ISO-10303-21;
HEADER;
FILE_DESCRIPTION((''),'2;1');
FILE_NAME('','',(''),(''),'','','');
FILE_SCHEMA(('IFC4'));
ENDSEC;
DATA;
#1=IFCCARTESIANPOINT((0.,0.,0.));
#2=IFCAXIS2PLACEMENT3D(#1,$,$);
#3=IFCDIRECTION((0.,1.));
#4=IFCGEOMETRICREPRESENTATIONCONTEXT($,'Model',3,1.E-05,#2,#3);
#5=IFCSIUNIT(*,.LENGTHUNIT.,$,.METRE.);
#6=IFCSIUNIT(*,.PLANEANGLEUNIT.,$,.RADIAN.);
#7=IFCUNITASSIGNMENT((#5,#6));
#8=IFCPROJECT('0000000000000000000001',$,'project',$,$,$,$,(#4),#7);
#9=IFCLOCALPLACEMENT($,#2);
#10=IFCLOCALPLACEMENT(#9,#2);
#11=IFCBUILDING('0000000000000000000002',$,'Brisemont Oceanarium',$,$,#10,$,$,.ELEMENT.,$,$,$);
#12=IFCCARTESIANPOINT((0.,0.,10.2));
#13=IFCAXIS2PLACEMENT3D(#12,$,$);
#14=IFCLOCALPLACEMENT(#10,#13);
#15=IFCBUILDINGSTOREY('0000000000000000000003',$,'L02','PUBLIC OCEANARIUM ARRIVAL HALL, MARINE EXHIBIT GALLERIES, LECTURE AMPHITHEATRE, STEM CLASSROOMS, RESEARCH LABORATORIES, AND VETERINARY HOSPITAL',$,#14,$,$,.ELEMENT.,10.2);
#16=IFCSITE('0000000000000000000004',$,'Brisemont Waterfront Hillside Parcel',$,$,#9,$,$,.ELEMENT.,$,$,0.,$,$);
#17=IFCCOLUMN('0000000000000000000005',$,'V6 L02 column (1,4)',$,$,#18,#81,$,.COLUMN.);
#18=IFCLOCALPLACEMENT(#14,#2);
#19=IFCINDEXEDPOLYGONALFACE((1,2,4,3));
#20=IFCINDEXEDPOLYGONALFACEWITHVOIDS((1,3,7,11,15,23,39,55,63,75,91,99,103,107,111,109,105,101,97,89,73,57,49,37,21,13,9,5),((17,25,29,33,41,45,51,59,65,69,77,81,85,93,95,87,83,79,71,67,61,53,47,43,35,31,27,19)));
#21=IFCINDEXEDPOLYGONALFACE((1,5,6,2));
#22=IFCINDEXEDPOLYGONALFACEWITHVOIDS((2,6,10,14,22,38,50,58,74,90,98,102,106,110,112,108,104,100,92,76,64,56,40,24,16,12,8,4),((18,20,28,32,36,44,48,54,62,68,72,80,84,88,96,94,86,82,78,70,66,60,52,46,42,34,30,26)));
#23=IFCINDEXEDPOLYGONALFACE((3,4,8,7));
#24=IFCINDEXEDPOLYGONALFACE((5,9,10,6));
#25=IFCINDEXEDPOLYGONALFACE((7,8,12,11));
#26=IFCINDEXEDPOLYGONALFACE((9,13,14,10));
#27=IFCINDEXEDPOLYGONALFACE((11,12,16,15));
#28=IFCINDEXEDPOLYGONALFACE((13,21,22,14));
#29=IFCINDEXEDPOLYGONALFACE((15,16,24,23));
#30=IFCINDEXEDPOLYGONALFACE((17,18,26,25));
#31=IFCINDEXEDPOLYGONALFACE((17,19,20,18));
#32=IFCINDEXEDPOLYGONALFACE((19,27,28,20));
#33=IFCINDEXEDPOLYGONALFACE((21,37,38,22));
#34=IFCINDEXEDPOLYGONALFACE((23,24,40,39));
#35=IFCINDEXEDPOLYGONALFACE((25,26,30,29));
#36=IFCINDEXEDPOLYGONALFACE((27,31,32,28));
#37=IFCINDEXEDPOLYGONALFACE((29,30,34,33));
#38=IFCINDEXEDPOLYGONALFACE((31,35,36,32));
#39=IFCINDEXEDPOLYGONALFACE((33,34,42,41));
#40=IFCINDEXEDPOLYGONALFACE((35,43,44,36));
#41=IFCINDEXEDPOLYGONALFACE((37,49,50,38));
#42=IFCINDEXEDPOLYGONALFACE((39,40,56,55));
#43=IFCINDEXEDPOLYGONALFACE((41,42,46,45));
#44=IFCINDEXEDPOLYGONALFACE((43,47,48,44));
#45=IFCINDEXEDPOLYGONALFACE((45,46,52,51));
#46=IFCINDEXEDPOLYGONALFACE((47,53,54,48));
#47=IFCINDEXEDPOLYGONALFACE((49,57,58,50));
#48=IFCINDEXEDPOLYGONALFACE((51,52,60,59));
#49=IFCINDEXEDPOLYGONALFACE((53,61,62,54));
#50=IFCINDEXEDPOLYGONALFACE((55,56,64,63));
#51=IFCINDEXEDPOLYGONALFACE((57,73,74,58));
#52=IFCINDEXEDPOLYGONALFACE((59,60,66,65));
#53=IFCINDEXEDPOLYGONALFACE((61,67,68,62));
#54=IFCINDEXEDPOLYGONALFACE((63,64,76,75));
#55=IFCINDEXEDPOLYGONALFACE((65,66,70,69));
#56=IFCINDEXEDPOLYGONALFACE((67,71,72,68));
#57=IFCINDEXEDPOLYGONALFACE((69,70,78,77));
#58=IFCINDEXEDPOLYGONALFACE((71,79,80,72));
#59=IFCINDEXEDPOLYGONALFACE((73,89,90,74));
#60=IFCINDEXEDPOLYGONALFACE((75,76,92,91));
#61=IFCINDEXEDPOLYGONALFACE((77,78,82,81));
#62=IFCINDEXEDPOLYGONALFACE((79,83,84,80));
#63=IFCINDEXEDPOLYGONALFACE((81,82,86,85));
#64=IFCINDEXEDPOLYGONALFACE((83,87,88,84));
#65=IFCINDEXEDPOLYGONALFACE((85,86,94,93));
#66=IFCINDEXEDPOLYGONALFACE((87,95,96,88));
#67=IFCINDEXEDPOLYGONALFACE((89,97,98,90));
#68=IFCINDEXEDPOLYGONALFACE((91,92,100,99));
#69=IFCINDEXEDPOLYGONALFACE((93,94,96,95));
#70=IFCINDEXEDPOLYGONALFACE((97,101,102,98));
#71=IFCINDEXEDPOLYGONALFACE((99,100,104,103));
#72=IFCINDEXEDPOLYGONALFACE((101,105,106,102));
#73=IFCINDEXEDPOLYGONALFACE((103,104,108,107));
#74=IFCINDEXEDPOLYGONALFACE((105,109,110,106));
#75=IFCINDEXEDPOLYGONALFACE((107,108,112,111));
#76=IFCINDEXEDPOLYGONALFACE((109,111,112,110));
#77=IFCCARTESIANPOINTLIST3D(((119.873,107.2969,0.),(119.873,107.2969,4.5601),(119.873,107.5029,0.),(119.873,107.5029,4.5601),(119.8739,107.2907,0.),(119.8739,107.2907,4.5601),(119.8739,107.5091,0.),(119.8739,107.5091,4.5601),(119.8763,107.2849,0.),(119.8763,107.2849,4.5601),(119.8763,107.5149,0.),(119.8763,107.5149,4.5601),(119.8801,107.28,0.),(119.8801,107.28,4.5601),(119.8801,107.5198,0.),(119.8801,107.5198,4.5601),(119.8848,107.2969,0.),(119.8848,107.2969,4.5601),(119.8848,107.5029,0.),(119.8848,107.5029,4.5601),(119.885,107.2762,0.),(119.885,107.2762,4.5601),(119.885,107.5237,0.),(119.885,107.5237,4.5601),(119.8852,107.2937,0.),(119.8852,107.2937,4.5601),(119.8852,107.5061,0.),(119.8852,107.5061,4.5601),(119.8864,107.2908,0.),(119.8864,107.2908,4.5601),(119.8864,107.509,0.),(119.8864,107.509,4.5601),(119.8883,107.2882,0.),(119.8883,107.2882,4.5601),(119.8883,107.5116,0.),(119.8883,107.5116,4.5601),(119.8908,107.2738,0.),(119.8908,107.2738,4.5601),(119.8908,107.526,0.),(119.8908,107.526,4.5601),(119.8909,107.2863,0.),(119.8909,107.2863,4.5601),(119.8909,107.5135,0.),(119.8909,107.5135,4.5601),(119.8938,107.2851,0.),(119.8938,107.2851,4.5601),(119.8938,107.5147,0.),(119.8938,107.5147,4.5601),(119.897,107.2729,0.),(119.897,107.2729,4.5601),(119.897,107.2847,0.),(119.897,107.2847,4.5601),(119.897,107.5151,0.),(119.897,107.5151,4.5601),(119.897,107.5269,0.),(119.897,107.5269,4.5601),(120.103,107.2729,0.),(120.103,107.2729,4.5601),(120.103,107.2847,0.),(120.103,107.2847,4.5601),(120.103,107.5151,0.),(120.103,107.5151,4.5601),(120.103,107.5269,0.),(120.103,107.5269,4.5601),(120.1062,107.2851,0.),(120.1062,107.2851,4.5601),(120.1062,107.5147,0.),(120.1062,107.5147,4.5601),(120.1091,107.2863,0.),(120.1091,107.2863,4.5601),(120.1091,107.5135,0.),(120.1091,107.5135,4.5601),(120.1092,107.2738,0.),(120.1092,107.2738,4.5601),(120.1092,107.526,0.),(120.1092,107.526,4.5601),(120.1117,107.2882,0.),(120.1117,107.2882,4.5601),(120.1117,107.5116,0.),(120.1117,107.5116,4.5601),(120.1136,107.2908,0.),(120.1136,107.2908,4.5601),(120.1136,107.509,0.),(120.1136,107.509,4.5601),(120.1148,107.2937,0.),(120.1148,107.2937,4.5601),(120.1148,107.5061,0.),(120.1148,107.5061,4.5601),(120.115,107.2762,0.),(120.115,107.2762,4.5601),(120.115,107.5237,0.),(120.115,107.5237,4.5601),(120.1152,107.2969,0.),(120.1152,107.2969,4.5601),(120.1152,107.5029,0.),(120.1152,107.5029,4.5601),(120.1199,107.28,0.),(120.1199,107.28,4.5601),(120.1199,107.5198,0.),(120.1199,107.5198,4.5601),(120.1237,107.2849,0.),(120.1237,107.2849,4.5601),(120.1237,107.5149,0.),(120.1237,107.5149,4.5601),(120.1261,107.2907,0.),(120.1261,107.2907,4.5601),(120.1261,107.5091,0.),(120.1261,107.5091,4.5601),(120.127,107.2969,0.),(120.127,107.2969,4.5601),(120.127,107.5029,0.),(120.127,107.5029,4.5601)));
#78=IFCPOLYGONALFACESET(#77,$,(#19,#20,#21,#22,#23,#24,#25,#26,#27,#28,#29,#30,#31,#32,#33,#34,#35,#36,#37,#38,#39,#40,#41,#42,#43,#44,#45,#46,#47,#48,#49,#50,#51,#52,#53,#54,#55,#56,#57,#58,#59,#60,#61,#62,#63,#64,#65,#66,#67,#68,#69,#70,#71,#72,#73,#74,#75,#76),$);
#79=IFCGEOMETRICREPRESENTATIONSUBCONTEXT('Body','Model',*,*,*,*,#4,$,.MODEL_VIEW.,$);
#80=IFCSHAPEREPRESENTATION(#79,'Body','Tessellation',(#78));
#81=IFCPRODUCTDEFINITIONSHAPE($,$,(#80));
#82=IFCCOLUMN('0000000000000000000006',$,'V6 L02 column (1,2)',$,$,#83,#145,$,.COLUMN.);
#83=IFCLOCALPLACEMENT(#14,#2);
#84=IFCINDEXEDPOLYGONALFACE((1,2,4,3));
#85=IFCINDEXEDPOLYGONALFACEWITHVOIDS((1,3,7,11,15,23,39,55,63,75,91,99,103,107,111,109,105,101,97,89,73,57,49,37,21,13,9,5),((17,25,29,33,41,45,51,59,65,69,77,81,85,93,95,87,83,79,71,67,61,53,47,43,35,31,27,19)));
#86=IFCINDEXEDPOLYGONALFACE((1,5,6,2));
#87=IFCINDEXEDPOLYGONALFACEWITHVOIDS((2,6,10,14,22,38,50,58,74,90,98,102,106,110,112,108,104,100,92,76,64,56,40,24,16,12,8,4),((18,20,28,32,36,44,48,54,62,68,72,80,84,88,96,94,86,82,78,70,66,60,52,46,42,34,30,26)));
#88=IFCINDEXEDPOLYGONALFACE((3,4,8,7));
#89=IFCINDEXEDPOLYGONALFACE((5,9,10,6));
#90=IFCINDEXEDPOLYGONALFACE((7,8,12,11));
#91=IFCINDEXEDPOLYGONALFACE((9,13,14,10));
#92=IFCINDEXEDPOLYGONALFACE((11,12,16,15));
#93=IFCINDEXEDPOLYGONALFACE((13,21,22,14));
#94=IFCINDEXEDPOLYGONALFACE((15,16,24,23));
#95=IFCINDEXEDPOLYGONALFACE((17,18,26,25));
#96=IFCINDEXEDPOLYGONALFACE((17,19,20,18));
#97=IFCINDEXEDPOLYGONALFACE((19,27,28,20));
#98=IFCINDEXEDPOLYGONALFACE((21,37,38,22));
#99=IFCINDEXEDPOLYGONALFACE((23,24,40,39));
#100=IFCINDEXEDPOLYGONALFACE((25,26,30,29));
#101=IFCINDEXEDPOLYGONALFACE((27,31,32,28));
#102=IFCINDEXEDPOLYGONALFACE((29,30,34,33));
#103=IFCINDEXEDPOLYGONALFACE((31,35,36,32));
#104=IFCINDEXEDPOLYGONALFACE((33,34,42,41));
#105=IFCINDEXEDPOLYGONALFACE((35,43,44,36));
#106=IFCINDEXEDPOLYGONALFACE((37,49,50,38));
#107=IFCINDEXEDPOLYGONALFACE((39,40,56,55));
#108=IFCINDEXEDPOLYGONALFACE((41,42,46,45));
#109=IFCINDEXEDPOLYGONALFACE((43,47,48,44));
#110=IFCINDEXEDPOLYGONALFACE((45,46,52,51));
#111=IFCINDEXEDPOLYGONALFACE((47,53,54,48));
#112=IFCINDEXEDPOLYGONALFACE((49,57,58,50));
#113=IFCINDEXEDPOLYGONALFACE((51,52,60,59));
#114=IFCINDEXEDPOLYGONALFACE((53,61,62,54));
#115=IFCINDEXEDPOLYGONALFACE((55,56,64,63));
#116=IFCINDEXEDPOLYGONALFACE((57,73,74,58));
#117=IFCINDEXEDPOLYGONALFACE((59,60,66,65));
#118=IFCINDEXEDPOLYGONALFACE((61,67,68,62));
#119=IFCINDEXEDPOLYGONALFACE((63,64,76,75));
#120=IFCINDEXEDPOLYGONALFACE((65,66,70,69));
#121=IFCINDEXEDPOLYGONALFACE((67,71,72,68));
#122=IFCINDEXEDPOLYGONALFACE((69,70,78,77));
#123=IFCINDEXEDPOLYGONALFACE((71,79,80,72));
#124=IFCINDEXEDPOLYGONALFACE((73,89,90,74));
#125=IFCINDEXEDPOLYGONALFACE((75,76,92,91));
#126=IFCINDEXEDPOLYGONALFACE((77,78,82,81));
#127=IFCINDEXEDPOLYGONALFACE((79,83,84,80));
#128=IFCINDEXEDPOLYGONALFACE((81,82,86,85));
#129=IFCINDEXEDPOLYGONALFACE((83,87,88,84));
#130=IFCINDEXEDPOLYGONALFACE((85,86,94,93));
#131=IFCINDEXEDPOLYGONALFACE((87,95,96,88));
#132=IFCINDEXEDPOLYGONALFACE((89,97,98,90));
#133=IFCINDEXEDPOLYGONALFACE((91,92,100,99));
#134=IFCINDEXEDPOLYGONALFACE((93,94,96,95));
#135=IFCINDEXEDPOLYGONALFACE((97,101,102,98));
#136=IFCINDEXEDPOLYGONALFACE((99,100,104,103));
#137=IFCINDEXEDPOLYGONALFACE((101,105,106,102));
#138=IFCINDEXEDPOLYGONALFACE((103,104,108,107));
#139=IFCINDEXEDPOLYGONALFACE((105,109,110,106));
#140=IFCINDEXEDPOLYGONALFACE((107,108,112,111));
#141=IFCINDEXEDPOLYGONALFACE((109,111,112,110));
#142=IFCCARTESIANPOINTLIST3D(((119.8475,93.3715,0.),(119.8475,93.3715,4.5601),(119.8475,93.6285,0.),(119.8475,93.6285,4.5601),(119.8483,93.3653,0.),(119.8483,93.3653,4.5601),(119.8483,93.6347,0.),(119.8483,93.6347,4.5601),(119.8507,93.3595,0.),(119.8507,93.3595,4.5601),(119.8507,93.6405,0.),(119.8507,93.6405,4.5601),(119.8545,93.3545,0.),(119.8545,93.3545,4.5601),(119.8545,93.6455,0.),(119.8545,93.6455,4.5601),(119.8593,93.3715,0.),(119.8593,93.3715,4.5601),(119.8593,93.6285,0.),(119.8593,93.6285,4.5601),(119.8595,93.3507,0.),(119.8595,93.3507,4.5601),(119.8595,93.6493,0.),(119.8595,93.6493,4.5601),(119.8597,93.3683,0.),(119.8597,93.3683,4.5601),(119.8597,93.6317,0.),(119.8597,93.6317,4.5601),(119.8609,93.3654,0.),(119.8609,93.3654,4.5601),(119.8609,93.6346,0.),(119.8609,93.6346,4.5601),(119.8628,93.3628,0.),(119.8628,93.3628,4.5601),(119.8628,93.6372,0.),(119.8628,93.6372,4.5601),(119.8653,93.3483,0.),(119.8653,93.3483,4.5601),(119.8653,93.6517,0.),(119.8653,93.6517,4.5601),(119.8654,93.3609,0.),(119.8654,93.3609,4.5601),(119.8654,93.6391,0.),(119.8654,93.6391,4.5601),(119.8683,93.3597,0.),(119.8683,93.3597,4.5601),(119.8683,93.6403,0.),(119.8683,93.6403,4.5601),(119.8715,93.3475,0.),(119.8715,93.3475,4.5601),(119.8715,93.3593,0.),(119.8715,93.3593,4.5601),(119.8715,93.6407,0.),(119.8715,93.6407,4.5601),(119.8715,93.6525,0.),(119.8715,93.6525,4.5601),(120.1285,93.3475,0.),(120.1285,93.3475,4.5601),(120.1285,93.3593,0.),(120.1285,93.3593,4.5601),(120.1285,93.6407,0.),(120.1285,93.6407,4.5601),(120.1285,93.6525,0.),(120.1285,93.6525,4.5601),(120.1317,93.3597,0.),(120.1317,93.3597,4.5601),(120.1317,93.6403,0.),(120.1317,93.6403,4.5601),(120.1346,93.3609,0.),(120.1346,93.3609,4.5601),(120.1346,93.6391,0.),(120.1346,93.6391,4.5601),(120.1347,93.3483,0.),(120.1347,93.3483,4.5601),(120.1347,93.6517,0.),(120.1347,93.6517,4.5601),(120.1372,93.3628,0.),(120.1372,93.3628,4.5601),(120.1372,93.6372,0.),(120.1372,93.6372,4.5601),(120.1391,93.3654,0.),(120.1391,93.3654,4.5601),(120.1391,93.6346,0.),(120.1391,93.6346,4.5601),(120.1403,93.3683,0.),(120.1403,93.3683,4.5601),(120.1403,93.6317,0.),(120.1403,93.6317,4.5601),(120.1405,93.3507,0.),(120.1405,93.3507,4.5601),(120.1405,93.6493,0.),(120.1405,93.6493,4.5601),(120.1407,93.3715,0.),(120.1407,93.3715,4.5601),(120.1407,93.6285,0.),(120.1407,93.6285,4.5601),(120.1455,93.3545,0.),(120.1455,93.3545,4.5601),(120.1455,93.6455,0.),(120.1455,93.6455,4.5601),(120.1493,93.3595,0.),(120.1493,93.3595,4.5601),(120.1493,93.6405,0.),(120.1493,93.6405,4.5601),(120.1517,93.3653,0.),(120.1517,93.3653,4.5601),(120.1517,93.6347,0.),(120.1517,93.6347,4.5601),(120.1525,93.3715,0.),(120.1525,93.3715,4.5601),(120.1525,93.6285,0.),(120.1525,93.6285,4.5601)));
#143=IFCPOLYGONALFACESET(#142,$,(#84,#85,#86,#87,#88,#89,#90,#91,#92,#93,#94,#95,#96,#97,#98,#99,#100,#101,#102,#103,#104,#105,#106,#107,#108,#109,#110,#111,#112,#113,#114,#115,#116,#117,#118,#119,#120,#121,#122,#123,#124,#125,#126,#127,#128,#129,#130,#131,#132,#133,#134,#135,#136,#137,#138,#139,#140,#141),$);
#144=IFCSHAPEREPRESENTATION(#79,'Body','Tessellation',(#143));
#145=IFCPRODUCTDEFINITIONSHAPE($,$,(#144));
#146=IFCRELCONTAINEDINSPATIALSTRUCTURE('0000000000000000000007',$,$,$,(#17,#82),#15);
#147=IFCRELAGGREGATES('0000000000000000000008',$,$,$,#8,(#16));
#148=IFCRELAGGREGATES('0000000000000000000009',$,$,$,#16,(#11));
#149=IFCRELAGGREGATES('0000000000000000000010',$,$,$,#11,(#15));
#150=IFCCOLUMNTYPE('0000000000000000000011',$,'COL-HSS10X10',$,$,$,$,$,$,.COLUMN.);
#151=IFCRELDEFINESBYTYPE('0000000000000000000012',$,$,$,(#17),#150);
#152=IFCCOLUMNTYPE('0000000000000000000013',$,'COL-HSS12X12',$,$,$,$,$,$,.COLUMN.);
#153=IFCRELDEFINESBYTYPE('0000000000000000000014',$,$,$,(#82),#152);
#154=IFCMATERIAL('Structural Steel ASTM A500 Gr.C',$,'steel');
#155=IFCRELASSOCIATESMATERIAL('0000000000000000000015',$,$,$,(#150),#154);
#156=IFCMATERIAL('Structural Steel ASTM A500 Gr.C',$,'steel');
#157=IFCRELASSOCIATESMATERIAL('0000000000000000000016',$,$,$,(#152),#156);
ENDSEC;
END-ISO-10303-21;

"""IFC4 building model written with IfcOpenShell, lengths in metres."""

from ifc_helpers import new_model, si_unit, direction, frame, origin, origin_2d, place, context, subcontext, project, spatial, hollow_rectangle, extrude, material, material_profile, profile_set, type_object, element, save


model = new_model("IFC4")

# Units and contexts
model_context = context("Model", 3, precision=1e-05, world=origin(), true_north=direction((0.0, 1.0)))
body_context = subcontext(model_context, "Body", "Model", "MODEL_VIEW")
ifc_project = project(units=[si_unit("LENGTHUNIT", "METRE"), si_unit("PLANEANGLEUNIT", "RADIAN")], contexts=[model_context])

# Site, building, storey
site_placement = place(None, origin())
site = spatial("IfcSite", under=ifc_project, at=site_placement, Name="Brisemont Waterfront Hillside Parcel", CompositionType="ELEMENT", RefElevation=0.0)
building_placement = place(site_placement, origin())
building = spatial("IfcBuilding", under=site, at=building_placement, Name="Brisemont Oceanarium", CompositionType="ELEMENT")
storey_placement = place(building_placement, frame((0.0, 0.0, 10.2)))
storey = spatial("IfcBuildingStorey", under=building, at=storey_placement, Name="L02", Description="PUBLIC OCEANARIUM ARRIVAL HALL, MARINE EXHIBIT GALLERIES, LECTURE AMPHITHEATRE, STEM CLASSROOMS, RESEARCH LABORATORIES, AND VETERINARY HOSPITAL", CompositionType="ELEMENT", Elevation=10.2)

# Columns
ifc_material_1 = material(Name="Structural Steel ASTM A500 Gr.C", Category="steel")
ifc_material_profile_1 = material_profile(ifc_material_1, hollow_rectangle(XDim=0.2539, YDim=0.2539, WallThickness=0.0117, InnerFilletRadius=0.0122, OuterFilletRadius=0.0239, at=origin_2d()), Name="HSS10X10X1/2")
ifc_profile_set_1 = profile_set([ifc_material_profile_1], Name="Structural Steel ASTM A500 Gr.C")
column_type_1 = type_object("IfcColumnType", Name="COL-HSS10X10", PredefinedType="COLUMN", material=ifc_profile_set_1)
column_1_placement = place(storey_placement, frame((120.0, 107.3999, 0.0), z_axis=(0.0, 0.0, 1.0), x_axis=(0.0, 1.0, 0.0)))
element("IfcColumn", 1, at=column_1_placement, inside=storey, type_object=column_type_1, Name="V6 L02 column (1,4)", PredefinedType="COLUMN", context=body_context, shape_type="SweptSolid", body=[
    extrude(hollow_rectangle(XDim=0.2539, YDim=0.2539, WallThickness=0.0117, InnerFilletRadius=0.0122, OuterFilletRadius=0.0239, at=origin_2d()), origin(), (0.0, 0.0, 1.0), 4.5601),
])
ifc_material_2 = material(Name="Structural Steel ASTM A500 Gr.C", Category="steel")
ifc_material_profile_2 = material_profile(ifc_material_2, hollow_rectangle(XDim=0.3049, YDim=0.3049, WallThickness=0.0117, InnerFilletRadius=0.0122, OuterFilletRadius=0.0239, at=origin_2d()), Name="HSS12X12X1/2")
ifc_profile_set_2 = profile_set([ifc_material_profile_2], Name="Structural Steel ASTM A500 Gr.C")
column_type_2 = type_object("IfcColumnType", Name="COL-HSS12X12", PredefinedType="COLUMN", material=ifc_profile_set_2)
column_2_placement = place(storey_placement, frame((120.0, 93.5, 0.0), z_axis=(0.0, 0.0, 1.0), x_axis=(0.0, 1.0, 0.0)))
element("IfcColumn", 2, at=column_2_placement, inside=storey, type_object=column_type_2, Name="V6 L02 column (1,2)", PredefinedType="COLUMN", context=body_context, shape_type="SweptSolid", body=[
    extrude(hollow_rectangle(XDim=0.3049, YDim=0.3049, WallThickness=0.0117, InnerFilletRadius=0.0122, OuterFilletRadius=0.0239, at=origin_2d()), origin(), (0.0, 0.0, 1.0), 4.5601),
])

save(model, "model.ifc")
